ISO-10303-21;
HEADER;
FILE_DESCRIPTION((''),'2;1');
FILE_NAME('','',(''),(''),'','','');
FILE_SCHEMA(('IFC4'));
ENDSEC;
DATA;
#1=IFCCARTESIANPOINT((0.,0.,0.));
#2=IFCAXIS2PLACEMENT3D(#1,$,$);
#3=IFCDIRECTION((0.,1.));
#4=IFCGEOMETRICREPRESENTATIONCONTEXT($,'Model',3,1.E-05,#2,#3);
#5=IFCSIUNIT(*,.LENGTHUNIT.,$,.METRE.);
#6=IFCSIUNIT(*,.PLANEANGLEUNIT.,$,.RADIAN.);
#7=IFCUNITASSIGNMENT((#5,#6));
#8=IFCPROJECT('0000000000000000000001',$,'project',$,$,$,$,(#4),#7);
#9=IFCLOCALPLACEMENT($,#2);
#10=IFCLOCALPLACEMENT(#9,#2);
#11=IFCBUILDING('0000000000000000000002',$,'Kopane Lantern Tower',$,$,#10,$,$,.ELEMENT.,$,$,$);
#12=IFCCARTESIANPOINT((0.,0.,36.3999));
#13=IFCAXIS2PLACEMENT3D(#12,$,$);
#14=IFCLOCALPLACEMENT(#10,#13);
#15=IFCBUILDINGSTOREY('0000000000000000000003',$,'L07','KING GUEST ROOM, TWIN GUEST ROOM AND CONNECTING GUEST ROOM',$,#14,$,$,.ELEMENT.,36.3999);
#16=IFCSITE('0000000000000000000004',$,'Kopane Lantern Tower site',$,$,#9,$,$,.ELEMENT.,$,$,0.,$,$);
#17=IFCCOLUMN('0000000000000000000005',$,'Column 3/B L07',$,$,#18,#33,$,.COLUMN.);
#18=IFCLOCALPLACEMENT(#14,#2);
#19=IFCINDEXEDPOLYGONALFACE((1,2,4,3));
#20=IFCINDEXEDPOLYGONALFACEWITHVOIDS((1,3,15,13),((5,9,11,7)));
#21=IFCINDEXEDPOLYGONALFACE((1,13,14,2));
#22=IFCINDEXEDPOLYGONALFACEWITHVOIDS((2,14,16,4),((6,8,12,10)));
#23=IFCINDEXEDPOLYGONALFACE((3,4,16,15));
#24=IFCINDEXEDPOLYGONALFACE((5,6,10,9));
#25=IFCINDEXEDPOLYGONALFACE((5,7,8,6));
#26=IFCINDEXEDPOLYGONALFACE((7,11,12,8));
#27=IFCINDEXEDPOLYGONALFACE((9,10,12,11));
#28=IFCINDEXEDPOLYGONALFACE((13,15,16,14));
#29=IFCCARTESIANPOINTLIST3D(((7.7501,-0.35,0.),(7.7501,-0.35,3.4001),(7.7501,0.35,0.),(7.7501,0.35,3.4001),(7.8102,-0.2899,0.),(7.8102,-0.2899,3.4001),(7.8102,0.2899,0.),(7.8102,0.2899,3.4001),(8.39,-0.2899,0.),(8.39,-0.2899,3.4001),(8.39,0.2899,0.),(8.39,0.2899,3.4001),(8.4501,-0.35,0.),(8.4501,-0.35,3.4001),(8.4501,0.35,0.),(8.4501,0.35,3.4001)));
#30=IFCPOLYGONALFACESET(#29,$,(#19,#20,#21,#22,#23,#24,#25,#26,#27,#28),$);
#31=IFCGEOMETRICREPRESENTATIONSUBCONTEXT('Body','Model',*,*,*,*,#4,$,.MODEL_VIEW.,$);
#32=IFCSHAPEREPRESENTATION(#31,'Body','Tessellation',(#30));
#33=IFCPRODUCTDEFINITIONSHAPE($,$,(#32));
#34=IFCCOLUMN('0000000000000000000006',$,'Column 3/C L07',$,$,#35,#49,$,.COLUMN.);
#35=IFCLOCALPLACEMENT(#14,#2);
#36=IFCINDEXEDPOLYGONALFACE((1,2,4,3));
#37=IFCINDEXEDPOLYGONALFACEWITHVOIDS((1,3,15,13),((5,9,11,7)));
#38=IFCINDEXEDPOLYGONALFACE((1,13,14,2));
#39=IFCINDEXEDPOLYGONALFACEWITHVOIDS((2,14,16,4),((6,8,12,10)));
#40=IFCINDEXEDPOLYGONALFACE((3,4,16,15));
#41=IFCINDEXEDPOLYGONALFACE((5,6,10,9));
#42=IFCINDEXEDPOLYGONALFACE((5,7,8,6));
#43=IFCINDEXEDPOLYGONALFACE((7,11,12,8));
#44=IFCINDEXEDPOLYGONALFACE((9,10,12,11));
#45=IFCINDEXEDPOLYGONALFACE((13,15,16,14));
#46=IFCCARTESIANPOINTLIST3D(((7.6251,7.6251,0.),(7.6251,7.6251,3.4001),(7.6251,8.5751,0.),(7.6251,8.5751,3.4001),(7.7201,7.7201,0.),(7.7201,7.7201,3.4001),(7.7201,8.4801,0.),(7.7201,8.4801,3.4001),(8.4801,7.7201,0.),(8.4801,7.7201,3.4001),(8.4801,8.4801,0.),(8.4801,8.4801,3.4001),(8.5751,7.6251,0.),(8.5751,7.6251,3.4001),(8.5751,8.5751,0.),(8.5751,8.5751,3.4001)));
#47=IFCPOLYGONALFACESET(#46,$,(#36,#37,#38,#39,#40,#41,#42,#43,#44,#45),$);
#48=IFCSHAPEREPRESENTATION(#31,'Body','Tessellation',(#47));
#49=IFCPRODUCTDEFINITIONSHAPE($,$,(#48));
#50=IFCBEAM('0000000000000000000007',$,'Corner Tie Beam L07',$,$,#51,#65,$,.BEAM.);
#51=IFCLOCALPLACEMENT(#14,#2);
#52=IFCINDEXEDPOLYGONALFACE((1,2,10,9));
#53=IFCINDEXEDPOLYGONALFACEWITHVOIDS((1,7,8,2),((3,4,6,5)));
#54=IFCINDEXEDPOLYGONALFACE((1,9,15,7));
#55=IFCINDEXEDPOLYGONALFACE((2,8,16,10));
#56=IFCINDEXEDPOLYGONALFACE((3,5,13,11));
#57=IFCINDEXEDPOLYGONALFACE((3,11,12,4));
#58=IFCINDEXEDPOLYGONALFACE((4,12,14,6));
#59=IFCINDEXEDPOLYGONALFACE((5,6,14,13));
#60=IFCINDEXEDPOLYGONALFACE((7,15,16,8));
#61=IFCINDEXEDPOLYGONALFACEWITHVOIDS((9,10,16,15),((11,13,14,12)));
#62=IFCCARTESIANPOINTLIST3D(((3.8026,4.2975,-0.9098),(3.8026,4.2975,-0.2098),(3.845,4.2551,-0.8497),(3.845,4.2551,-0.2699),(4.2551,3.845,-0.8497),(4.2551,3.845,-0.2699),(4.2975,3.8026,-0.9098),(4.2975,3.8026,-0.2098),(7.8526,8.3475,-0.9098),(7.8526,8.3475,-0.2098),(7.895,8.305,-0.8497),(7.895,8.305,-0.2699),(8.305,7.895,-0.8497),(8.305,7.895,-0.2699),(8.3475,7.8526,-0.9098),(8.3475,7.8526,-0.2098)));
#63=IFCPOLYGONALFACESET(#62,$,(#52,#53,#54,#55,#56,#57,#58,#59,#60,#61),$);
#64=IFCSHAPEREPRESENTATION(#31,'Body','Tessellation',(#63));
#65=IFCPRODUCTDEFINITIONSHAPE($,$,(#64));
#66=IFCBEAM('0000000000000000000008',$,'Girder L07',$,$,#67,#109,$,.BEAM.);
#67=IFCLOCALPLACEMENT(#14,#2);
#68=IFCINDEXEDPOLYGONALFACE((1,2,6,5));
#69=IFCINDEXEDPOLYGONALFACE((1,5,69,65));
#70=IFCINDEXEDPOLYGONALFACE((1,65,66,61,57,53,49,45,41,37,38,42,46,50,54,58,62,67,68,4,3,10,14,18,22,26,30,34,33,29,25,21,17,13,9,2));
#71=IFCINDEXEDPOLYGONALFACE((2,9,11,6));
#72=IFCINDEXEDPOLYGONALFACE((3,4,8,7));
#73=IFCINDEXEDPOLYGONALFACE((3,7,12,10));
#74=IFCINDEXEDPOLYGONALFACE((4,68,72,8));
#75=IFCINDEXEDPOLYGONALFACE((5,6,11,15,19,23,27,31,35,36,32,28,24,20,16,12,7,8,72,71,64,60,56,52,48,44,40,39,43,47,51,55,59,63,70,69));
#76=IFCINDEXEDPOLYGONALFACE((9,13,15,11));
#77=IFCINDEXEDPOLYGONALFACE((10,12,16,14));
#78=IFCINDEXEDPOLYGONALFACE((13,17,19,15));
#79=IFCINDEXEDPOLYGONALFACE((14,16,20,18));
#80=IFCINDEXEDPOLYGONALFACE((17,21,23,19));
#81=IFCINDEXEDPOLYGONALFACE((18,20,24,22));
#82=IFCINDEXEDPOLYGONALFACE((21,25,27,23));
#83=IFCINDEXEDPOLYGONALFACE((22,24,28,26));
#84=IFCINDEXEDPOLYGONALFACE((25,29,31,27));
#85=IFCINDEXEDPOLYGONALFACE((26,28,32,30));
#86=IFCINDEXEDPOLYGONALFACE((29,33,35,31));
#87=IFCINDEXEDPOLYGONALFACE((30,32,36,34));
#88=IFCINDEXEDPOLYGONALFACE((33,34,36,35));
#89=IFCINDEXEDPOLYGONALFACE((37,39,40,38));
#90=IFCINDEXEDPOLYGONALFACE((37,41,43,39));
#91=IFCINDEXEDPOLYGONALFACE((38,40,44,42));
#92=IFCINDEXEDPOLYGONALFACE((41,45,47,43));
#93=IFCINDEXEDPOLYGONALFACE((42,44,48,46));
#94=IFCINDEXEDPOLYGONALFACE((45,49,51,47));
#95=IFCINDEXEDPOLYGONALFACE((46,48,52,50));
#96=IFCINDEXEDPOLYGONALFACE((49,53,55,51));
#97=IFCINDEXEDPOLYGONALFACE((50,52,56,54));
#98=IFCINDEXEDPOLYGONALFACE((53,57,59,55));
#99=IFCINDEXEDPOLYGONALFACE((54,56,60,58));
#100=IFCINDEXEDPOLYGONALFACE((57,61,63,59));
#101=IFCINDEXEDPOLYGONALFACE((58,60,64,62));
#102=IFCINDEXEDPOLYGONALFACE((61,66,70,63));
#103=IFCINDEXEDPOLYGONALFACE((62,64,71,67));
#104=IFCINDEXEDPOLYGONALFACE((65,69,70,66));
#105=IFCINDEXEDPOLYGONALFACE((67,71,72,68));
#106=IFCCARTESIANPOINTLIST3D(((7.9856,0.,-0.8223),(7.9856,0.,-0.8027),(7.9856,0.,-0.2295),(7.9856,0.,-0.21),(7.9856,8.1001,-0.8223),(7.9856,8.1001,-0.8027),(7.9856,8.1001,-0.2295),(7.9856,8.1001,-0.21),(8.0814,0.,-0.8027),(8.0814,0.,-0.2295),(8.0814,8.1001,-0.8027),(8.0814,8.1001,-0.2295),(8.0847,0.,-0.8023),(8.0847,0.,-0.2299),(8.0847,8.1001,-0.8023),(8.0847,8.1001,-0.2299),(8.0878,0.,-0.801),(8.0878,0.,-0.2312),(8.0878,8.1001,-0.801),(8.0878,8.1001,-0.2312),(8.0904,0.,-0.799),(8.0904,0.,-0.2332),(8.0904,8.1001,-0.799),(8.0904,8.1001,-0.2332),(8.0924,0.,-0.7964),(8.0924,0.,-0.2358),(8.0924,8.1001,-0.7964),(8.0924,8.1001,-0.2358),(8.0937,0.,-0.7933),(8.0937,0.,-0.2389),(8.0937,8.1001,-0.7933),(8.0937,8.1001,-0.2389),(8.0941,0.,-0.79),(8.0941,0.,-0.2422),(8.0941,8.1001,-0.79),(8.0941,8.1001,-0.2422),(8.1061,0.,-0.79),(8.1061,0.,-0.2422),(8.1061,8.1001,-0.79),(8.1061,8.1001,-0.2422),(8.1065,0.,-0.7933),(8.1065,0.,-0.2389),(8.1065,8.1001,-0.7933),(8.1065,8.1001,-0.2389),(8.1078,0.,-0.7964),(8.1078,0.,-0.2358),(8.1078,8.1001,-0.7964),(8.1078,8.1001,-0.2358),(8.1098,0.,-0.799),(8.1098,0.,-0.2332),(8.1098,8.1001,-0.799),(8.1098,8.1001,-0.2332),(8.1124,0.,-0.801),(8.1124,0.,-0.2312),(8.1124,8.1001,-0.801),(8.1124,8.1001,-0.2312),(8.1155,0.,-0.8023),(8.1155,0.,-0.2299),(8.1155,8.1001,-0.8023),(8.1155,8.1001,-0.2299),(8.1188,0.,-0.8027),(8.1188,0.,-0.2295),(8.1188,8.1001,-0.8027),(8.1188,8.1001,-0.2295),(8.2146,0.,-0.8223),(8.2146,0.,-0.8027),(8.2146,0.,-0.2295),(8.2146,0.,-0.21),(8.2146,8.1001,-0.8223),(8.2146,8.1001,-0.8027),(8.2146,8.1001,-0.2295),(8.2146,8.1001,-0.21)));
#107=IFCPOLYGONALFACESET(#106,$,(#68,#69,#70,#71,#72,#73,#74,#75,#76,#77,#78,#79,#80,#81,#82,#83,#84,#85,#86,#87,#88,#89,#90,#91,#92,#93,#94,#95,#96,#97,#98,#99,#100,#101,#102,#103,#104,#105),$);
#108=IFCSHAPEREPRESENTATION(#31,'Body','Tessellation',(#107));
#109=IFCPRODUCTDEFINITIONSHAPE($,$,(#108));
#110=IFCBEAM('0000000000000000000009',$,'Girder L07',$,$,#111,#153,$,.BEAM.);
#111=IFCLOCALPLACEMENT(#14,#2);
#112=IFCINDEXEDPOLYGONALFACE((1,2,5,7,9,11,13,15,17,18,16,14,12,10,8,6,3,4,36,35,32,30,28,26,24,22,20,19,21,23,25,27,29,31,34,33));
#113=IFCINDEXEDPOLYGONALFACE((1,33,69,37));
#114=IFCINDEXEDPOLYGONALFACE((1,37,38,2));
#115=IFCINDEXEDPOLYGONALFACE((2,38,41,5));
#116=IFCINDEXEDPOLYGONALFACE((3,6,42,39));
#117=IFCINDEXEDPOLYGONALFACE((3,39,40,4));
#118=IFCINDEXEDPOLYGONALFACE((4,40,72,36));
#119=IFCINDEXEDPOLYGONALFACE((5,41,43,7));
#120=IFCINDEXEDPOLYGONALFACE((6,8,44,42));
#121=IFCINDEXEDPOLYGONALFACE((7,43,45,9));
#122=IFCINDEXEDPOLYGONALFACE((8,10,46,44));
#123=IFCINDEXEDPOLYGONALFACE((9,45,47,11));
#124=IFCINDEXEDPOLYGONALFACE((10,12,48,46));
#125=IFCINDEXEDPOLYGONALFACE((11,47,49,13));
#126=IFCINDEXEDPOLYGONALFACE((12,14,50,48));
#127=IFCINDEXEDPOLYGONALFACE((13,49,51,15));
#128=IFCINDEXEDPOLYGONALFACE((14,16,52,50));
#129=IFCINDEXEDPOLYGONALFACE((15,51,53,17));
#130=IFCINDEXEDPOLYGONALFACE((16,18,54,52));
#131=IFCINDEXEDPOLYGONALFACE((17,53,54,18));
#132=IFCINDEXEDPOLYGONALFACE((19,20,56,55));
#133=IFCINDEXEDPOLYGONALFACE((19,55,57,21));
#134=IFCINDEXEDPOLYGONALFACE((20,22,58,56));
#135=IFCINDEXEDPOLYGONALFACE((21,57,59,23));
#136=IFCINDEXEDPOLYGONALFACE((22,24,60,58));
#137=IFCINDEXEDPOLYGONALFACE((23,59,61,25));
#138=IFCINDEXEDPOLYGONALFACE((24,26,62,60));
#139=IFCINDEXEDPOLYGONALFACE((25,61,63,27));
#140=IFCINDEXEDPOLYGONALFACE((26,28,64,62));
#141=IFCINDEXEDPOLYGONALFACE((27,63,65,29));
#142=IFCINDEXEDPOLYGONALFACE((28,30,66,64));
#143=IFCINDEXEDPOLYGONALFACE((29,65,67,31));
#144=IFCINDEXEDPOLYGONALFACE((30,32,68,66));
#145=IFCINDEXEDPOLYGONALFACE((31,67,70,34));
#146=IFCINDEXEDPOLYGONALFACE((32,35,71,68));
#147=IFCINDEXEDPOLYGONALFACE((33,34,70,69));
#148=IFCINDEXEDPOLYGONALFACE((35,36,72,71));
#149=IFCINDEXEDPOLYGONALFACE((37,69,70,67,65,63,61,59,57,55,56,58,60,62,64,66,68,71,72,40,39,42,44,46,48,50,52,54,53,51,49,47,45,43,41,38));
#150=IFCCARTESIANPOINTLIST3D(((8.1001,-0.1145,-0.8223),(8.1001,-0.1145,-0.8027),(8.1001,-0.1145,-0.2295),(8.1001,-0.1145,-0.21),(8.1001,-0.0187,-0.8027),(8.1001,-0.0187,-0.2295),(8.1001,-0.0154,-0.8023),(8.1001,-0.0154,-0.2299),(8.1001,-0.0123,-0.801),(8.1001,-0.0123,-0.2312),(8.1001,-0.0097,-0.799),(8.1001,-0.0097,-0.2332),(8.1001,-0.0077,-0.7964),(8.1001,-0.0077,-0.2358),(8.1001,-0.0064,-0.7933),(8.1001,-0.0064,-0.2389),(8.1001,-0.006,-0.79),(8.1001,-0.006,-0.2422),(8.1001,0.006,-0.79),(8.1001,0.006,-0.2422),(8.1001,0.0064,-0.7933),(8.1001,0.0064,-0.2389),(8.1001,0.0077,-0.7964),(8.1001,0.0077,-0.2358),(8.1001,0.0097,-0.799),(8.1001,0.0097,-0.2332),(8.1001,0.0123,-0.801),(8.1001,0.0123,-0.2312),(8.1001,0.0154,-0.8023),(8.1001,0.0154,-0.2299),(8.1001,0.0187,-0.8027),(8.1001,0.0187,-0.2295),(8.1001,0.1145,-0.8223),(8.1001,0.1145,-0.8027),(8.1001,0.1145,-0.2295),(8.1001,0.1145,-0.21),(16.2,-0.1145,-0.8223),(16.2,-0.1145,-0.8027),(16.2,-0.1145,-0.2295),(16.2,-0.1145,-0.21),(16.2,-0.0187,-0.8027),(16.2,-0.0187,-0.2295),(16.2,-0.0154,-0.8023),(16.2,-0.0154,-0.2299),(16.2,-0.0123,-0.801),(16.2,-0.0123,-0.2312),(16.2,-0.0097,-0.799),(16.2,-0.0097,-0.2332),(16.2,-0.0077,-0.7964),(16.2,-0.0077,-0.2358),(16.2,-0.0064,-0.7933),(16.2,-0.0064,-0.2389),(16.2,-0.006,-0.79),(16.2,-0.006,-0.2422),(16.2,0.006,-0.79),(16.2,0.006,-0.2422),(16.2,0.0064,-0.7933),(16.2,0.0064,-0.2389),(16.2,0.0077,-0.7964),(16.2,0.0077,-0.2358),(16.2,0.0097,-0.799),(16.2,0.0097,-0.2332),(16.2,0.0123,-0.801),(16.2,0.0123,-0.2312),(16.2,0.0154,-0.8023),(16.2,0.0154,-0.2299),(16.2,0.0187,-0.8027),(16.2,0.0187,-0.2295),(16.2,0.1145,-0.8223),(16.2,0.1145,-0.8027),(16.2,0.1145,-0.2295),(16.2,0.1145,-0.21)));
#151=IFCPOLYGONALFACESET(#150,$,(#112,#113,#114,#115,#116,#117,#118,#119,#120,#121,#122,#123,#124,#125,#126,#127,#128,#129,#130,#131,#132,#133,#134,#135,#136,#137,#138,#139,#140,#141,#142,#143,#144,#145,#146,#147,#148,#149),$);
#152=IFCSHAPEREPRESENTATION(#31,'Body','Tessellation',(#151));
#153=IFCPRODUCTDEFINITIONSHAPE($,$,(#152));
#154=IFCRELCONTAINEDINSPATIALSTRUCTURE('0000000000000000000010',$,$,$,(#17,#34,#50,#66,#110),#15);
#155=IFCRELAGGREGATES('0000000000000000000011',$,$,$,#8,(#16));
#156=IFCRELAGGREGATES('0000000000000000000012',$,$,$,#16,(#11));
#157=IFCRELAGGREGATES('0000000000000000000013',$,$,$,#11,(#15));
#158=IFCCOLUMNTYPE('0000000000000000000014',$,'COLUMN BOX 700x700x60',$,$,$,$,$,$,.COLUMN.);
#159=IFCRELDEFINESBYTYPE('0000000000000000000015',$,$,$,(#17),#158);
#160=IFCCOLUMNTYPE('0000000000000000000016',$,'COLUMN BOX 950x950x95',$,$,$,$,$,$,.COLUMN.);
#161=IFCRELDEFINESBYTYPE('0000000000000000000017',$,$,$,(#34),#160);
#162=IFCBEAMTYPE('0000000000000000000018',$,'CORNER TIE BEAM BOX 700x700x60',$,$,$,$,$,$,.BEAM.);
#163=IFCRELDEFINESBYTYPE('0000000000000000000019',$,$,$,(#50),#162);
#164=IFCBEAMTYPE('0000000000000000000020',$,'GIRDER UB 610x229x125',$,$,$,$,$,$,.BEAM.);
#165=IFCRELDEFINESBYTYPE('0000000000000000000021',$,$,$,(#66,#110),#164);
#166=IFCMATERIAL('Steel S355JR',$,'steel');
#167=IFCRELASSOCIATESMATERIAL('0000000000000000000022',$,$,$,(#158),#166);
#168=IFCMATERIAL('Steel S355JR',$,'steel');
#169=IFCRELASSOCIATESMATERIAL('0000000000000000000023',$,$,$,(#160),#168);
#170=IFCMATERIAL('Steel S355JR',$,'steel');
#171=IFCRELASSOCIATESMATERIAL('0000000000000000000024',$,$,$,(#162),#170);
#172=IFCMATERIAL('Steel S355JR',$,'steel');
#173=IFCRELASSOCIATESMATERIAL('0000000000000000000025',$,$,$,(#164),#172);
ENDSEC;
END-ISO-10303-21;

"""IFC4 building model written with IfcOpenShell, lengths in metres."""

from ifc_helpers import new_model, si_unit, direction, frame, origin, origin_2d, place, context, subcontext, project, spatial, hollow_rectangle, i_section, extrude, material, material_profile, profile_set, type_object, element, save


model = new_model("IFC4")

# Units and contexts
model_context = context("Model", 3, precision=1e-05, world=origin(), true_north=direction((0.0, 1.0)))
body_context = subcontext(model_context, "Body", "Model", "MODEL_VIEW")
ifc_project = project(units=[si_unit("LENGTHUNIT", "METRE"), si_unit("PLANEANGLEUNIT", "RADIAN")], contexts=[model_context])

# Site, building, storey
site_placement = place(None, origin())
site = spatial("IfcSite", under=ifc_project, at=site_placement, Name="Kopane Lantern Tower site", CompositionType="ELEMENT", RefElevation=0.0)
building_placement = place(site_placement, origin())
building = spatial("IfcBuilding", under=site, at=building_placement, Name="Kopane Lantern Tower", CompositionType="ELEMENT")
storey_placement = place(building_placement, frame((0.0, 0.0, 36.3999)))
storey = spatial("IfcBuildingStorey", under=building, at=storey_placement, Name="L07", Description="KING GUEST ROOM, TWIN GUEST ROOM AND CONNECTING GUEST ROOM", CompositionType="ELEMENT", Elevation=36.3999)

# Columns
ifc_material_1 = material(Name="Steel S355JR", Category="steel")
ifc_material_profile_1 = material_profile(ifc_material_1, hollow_rectangle(XDim=0.7, YDim=0.7, WallThickness=0.0601, at=origin_2d()), Name="BOX 700x700x60")
ifc_profile_set_1 = profile_set([ifc_material_profile_1], Name="Steel S355JR")
column_type_1 = type_object("IfcColumnType", Name="COLUMN BOX 700x700x60", PredefinedType="COLUMN", material=ifc_profile_set_1)
column_1_placement = place(storey_placement, frame((8.1001, 0.0, 0.0), z_axis=(0.0, 0.0, 1.0), x_axis=(1.0, 0.0, 0.0)))
element("IfcColumn", 1, at=column_1_placement, inside=storey, type_object=column_type_1, Name="Column 3/B L07", PredefinedType="COLUMN", context=body_context, shape_type="SweptSolid", body=[
    extrude(hollow_rectangle(XDim=0.7, YDim=0.7, WallThickness=0.0601, at=origin_2d()), origin(), (0.0, 0.0, 1.0), 3.4001),
])
ifc_material_2 = material(Name="Steel S355JR", Category="steel")
ifc_material_profile_2 = material_profile(ifc_material_2, hollow_rectangle(XDim=0.95, YDim=0.95, WallThickness=0.095, at=origin_2d()), Name="BOX 950x950x95")
ifc_profile_set_2 = profile_set([ifc_material_profile_2], Name="Steel S355JR")
column_type_2 = type_object("IfcColumnType", Name="COLUMN BOX 950x950x95", PredefinedType="COLUMN", material=ifc_profile_set_2)
column_2_placement = place(storey_placement, frame((8.1001, 8.1001, 0.0), z_axis=(0.0, 0.0, 1.0), x_axis=(1.0, 0.0, 0.0)))
element("IfcColumn", 2, at=column_2_placement, inside=storey, type_object=column_type_2, Name="Column 3/C L07", PredefinedType="COLUMN", context=body_context, shape_type="SweptSolid", body=[
    extrude(hollow_rectangle(XDim=0.95, YDim=0.95, WallThickness=0.095, at=origin_2d()), origin(), (0.0, 0.0, 1.0), 3.4001),
])

# Beams
ifc_material_3 = material(Name="Steel S355JR", Category="steel")
ifc_material_profile_3 = material_profile(ifc_material_3, hollow_rectangle(XDim=0.7, YDim=0.7, WallThickness=0.0601, at=origin_2d()), Name="BOX 700x700x60")
ifc_profile_set_3 = profile_set([ifc_material_profile_3], Name="Steel S355JR")
beam_type_1 = type_object("IfcBeamType", Name="CORNER TIE BEAM BOX 700x700x60", PredefinedType="BEAM", material=ifc_profile_set_3)
beam_1_placement = place(storey_placement, frame((4.05, 4.05, -0.5598), z_axis=(0.707107, 0.707107, 0.0), x_axis=(-0.707107, 0.707107, 0.0)))
element("IfcBeam", 3, at=beam_1_placement, inside=storey, type_object=beam_type_1, Name="Corner Tie Beam L07", PredefinedType="BEAM", context=body_context, shape_type="SweptSolid", body=[
    extrude(hollow_rectangle(XDim=0.7, YDim=0.7, WallThickness=0.0601, at=origin_2d()), origin(), (0.0, 0.0, 1.0), 5.7275),
])
ifc_material_4 = material(Name="Steel S355JR", Category="steel")
ifc_material_profile_4 = material_profile(ifc_material_4, i_section(OverallWidth=0.229, OverallDepth=0.6123, WebThickness=0.012, FlangeThickness=0.0195, FilletRadius=0.0127, at=origin_2d()), Name="UB 610x229x125")
ifc_profile_set_4 = profile_set([ifc_material_profile_4], Name="Steel S355JR")
beam_type_2 = type_object("IfcBeamType", Name="GIRDER UB 610x229x125", PredefinedType="BEAM", material=ifc_profile_set_4)
beam_2_placement = place(storey_placement, frame((8.1001, 0.0, -0.5161), z_axis=(0.0, 1.0, 0.0), x_axis=(-1.0, 0.0, 0.0)))
element("IfcBeam", 4, at=beam_2_placement, inside=storey, type_object=beam_type_2, Name="Girder L07", PredefinedType="BEAM", context=body_context, shape_type="SweptSolid", body=[
    extrude(i_section(OverallWidth=0.229, OverallDepth=0.6123, WebThickness=0.012, FlangeThickness=0.0195, FilletRadius=0.0127, at=origin_2d()), origin(), (0.0, 0.0, 1.0), 8.1001),
])
for number, where, z_axis, x_axis, name in (
    (5, (8.1001, 0.0, -0.5161), (1.0, 0.0, 0.0), (0.0, 1.0, 0.0), "Girder L07"),
):
    element("IfcBeam", number, at=place(storey_placement, frame(where, z_axis=z_axis, x_axis=x_axis)), inside=storey, type_object=beam_type_2, Name=name, PredefinedType="BEAM", context=body_context, shape_type="SweptSolid", body=[
        extrude(i_section(OverallWidth=0.229, OverallDepth=0.6123, WebThickness=0.012, FlangeThickness=0.0195, FilletRadius=0.0127, at=origin_2d()), origin(), (0.0, 0.0, 1.0), 8.0999),
    ])

save(model, "model.ifc")
